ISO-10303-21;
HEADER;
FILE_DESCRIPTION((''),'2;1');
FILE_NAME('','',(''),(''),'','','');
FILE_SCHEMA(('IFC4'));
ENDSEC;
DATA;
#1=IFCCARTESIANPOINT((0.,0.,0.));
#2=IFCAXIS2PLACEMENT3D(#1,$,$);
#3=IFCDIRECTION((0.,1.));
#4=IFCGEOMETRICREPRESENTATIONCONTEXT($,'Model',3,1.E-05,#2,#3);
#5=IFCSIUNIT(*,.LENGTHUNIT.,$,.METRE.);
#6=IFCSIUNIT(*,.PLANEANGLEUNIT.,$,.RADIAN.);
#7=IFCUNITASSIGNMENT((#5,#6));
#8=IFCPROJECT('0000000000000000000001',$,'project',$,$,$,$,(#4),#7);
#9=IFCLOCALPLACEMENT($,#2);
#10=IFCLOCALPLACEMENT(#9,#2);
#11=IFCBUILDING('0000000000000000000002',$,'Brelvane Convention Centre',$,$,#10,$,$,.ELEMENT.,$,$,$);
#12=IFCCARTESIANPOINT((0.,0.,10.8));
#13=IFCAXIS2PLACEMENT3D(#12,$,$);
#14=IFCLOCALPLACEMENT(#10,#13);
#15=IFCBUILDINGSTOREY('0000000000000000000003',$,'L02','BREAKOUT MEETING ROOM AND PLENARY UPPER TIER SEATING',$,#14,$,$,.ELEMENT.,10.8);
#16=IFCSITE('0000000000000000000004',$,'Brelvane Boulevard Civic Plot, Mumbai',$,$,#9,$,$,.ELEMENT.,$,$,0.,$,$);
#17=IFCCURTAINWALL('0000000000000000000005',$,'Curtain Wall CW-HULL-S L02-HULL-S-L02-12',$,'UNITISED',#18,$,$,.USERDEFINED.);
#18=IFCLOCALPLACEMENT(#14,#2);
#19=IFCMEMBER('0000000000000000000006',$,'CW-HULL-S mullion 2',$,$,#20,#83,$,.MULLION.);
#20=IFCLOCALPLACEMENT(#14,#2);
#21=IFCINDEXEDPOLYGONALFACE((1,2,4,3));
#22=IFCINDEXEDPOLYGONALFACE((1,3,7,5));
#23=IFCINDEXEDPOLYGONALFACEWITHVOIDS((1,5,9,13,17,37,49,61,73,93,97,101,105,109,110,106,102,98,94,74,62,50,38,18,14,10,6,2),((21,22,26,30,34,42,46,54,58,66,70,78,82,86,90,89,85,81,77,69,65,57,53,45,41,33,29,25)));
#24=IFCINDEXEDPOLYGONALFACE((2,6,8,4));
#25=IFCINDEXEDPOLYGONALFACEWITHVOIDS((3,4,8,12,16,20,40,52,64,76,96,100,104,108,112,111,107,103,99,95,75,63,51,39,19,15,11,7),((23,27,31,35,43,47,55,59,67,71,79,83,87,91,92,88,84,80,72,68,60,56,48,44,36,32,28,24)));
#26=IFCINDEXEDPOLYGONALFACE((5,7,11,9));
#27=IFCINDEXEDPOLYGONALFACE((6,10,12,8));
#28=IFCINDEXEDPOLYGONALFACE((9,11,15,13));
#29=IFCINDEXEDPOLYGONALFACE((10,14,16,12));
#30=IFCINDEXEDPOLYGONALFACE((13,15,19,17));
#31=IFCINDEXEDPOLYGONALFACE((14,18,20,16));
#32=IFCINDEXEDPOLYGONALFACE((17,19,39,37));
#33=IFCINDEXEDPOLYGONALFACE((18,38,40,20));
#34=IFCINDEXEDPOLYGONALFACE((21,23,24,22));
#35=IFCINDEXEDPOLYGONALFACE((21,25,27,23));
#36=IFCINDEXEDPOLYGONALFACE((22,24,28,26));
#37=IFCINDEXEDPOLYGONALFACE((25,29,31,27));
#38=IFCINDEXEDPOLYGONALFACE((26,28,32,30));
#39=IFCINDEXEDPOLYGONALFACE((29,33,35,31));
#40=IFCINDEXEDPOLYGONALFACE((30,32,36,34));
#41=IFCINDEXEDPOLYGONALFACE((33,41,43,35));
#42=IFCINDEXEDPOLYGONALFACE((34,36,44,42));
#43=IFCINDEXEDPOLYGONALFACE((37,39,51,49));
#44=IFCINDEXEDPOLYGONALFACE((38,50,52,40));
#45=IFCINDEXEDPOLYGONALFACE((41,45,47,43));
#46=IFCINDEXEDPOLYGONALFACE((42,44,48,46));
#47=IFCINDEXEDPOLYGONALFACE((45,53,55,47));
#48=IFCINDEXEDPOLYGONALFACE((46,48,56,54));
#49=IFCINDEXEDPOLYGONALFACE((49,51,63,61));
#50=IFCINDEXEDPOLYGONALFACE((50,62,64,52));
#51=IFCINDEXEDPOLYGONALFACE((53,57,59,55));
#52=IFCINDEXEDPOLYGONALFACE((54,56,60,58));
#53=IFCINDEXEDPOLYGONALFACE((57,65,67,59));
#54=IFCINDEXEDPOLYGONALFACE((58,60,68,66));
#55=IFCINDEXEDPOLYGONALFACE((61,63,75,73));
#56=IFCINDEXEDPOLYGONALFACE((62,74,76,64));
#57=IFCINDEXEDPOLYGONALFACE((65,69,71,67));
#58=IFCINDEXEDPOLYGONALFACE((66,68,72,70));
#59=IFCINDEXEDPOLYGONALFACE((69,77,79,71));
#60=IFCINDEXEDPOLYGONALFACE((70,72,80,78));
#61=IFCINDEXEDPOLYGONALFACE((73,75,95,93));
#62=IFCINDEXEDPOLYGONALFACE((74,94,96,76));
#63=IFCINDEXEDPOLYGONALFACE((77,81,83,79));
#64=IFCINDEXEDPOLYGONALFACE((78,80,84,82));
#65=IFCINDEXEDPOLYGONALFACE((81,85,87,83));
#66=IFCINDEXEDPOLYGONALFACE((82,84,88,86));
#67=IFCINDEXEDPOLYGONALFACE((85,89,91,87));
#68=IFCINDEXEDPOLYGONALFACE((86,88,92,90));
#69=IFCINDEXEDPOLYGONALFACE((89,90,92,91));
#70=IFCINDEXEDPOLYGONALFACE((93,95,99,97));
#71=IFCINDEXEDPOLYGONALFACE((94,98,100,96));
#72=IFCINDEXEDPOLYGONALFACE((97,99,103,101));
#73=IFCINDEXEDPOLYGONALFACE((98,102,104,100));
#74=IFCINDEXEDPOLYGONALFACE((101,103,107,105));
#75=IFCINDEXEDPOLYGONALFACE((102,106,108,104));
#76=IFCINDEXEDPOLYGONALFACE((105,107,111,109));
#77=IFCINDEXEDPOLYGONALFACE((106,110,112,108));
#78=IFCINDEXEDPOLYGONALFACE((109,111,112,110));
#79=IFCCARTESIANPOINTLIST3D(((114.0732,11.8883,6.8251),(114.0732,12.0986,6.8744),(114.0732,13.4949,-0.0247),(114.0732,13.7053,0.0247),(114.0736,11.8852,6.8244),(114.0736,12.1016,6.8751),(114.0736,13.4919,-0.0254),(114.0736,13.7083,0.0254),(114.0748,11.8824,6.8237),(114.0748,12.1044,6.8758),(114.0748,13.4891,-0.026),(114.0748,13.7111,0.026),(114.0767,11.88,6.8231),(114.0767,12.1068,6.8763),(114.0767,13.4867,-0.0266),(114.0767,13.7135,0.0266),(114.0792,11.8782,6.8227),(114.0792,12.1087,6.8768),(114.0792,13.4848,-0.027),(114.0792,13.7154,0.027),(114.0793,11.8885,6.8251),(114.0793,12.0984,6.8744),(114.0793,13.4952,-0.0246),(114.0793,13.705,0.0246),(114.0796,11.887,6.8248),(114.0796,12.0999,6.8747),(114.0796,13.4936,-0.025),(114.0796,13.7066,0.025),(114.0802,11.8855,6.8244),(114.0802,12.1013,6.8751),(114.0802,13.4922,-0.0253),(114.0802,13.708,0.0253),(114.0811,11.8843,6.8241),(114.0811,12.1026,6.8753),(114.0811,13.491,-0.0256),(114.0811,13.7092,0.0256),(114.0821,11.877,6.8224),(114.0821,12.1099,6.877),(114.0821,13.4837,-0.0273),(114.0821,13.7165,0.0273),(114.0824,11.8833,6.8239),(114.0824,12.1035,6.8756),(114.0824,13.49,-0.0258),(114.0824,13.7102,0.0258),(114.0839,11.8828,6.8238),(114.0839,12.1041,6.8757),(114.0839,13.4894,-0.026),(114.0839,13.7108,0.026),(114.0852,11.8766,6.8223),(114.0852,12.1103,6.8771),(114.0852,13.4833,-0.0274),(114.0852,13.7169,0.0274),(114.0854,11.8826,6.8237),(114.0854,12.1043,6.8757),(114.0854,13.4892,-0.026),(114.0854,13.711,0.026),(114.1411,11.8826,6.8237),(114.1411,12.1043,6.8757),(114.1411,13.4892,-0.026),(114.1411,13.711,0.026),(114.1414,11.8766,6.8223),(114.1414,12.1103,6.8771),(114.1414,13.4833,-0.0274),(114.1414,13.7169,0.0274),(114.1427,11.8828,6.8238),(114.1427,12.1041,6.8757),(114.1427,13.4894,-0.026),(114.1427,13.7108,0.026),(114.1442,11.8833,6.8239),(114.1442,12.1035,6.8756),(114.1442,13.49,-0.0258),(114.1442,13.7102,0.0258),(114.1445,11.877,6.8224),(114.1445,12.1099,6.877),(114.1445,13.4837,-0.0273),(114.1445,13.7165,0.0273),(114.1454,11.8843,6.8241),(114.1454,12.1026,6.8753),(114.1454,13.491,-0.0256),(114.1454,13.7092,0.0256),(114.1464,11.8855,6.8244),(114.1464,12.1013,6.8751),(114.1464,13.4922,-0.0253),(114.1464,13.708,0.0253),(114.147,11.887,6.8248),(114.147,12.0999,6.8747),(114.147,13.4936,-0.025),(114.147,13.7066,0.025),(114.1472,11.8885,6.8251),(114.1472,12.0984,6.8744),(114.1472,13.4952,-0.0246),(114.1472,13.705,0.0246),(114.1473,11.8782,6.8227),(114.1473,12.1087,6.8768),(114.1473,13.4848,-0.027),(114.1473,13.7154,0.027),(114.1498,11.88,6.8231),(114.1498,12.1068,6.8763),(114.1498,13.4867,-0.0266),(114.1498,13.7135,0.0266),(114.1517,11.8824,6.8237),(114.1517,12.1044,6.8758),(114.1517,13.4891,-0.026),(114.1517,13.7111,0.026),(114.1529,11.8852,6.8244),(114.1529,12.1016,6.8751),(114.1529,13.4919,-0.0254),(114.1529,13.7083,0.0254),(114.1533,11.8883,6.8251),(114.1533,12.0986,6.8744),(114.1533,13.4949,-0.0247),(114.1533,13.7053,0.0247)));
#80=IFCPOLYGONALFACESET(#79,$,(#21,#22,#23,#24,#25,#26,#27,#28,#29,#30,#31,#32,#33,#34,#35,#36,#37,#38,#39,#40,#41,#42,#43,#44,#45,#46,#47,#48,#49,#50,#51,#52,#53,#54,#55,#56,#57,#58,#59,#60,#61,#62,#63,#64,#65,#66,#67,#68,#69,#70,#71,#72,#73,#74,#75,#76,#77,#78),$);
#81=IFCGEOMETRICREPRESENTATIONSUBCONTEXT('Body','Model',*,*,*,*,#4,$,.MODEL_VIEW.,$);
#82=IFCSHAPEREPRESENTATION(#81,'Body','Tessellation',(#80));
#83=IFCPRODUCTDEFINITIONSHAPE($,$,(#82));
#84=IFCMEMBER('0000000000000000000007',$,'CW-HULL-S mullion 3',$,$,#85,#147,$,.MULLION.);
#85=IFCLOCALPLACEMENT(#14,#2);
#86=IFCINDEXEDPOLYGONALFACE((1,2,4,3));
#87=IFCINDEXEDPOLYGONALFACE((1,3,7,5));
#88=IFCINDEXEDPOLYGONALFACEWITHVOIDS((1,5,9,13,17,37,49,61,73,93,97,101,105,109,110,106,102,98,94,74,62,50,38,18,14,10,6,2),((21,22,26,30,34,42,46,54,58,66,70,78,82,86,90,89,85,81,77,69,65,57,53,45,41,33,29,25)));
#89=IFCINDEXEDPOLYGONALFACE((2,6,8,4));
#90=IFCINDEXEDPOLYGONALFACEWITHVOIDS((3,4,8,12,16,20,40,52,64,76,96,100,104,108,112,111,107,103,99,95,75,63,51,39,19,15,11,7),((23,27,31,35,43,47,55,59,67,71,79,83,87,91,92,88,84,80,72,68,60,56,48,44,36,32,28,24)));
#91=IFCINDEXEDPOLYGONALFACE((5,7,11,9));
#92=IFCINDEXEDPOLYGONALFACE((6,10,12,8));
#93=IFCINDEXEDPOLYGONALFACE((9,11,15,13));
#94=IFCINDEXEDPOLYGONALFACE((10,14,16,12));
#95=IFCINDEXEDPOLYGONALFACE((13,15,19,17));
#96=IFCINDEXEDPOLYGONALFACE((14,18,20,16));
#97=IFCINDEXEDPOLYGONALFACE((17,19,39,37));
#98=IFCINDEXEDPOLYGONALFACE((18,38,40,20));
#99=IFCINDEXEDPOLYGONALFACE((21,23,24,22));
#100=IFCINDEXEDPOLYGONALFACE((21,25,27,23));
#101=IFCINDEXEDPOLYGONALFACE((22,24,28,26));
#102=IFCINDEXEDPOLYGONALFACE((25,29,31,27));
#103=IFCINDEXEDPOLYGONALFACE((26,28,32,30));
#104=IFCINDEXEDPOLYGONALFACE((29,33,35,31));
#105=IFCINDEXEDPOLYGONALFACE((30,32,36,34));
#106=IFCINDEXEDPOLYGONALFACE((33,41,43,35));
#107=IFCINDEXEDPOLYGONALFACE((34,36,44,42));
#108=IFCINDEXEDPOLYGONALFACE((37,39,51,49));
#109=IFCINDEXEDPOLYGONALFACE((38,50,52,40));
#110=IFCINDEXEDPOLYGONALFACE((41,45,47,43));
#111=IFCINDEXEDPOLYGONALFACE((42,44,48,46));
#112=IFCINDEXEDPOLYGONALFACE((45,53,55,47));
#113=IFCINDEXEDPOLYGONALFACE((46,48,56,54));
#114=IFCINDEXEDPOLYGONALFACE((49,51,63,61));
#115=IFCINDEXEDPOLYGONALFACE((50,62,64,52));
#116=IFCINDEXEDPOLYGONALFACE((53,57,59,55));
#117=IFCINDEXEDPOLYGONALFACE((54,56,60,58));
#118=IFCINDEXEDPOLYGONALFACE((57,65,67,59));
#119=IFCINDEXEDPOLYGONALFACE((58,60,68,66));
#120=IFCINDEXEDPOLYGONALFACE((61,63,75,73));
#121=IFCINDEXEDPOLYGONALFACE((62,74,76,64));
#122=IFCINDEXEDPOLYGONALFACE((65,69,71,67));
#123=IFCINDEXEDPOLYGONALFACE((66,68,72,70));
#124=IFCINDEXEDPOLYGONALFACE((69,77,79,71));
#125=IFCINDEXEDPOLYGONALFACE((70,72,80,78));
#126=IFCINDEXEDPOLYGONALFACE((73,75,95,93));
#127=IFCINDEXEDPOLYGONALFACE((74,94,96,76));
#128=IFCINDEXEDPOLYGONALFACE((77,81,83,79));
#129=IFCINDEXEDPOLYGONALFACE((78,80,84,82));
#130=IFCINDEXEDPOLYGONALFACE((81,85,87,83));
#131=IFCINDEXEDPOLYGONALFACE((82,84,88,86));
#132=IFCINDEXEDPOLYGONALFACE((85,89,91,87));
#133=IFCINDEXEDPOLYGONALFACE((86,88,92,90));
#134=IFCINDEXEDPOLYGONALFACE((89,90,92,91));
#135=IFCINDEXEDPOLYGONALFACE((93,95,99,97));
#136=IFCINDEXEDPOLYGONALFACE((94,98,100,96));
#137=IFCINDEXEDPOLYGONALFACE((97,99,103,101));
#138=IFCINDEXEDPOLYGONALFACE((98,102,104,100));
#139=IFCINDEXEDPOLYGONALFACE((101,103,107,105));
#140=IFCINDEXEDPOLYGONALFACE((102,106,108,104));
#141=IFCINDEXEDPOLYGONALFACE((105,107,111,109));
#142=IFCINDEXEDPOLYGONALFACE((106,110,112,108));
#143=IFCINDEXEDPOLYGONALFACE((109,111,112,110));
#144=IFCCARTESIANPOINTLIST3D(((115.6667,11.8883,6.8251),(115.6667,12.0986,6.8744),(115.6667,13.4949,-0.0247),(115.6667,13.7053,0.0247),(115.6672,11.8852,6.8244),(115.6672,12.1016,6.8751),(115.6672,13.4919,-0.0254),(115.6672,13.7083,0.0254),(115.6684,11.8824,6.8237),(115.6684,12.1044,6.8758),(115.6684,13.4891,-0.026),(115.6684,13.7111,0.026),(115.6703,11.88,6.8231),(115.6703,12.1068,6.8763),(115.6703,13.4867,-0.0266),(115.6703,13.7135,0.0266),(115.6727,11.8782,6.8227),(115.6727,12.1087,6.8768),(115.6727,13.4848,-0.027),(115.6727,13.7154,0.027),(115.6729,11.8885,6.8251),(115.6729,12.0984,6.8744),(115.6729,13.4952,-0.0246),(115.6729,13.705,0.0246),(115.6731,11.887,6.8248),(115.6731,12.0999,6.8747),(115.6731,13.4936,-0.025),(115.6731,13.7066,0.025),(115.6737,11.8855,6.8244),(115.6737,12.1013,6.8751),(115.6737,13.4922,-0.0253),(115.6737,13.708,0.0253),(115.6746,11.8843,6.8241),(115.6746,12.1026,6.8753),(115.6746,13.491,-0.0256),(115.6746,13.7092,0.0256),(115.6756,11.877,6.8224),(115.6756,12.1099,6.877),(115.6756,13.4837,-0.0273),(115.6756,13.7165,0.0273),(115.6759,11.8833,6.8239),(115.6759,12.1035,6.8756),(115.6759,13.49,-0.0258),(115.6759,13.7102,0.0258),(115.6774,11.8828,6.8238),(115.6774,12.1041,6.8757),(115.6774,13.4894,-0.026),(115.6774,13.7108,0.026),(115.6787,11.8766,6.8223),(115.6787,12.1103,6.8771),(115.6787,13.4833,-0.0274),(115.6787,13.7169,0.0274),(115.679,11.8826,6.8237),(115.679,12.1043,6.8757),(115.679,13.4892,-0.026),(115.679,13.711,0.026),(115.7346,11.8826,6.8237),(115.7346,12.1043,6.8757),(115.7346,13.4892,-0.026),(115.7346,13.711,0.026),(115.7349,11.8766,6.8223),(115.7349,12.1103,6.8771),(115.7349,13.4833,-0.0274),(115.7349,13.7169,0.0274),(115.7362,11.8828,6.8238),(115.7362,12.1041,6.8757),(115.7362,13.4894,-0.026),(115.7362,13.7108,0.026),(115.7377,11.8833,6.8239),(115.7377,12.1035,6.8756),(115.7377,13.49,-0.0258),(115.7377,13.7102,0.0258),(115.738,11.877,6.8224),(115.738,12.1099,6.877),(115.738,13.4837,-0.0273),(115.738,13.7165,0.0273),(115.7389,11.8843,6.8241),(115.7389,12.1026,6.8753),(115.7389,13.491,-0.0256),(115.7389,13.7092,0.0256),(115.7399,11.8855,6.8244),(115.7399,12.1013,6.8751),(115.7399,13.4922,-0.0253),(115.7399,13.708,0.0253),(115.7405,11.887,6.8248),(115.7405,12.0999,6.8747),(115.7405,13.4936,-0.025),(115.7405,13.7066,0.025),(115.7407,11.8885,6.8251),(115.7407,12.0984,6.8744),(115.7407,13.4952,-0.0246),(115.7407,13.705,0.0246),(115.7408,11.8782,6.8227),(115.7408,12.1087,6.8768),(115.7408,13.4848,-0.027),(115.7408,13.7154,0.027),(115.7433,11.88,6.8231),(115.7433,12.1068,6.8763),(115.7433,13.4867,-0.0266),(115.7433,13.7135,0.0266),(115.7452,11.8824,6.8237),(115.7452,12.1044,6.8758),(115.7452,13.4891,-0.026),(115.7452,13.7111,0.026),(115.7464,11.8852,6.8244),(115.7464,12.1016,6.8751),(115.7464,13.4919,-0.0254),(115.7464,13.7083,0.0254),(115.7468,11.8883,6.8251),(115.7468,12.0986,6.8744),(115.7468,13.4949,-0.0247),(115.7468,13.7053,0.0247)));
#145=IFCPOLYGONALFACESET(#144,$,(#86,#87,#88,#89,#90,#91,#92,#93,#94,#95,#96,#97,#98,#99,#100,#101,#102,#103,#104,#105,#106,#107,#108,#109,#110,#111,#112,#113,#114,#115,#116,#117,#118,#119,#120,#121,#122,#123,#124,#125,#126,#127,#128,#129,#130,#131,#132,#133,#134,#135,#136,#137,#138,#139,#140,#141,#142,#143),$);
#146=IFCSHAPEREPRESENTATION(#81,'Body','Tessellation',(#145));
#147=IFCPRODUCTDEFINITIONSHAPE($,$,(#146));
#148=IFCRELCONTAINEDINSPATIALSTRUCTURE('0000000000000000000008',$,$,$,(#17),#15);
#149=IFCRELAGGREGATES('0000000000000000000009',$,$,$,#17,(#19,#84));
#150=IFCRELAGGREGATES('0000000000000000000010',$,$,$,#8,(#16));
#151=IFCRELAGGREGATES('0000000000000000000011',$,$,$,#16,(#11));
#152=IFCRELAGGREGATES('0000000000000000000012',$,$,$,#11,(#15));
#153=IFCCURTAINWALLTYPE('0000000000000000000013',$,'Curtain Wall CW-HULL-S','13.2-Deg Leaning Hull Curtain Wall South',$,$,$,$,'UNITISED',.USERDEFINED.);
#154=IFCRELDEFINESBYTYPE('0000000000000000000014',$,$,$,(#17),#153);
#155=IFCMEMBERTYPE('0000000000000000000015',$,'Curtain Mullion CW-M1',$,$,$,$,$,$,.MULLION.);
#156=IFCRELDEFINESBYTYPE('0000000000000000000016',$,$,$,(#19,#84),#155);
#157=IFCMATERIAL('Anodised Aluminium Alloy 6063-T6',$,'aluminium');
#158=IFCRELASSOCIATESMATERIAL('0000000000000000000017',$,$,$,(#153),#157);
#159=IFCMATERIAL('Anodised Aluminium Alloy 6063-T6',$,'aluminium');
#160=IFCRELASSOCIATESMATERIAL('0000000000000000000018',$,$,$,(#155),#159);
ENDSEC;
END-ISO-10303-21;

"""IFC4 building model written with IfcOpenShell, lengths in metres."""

from ifc_helpers import new_model, si_unit, direction, frame, origin, origin_2d, place, context, subcontext, project, spatial, hollow_rectangle, extrude, material, material_profile, profile_set, type_object, element, aggregate, save


model = new_model("IFC4")

# Units and contexts
model_context = context("Model", 3, precision=1e-05, world=origin(), true_north=direction((0.0, 1.0)))
body_context = subcontext(model_context, "Body", "Model", "MODEL_VIEW")
ifc_project = project(units=[si_unit("LENGTHUNIT", "METRE"), si_unit("PLANEANGLEUNIT", "RADIAN")], contexts=[model_context])

# Site, building, storey
site_placement = place(None, origin())
site = spatial("IfcSite", under=ifc_project, at=site_placement, Name="Brelvane Boulevard Civic Plot, Mumbai", CompositionType="ELEMENT", RefElevation=0.0)
building_placement = place(site_placement, origin())
building = spatial("IfcBuilding", under=site, at=building_placement, Name="Brelvane Convention Centre", CompositionType="ELEMENT")
storey_placement = place(building_placement, frame((0.0, 0.0, 10.8)))
storey = spatial("IfcBuildingStorey", under=building, at=storey_placement, Name="L02", Description="BREAKOUT MEETING ROOM AND PLENARY UPPER TIER SEATING", CompositionType="ELEMENT", Elevation=10.8)

# Curtain wall, members
ifc_material_1 = material(Name="Anodised Aluminium Alloy 6063-T6", Category="aluminium")
curtain_wall_type = type_object("IfcCurtainWallType", Name="Curtain Wall CW-HULL-S", Description="13.2-Deg Leaning Hull Curtain Wall South", ElementType="UNITISED", PredefinedType="USERDEFINED", material=ifc_material_1)
ifc_material_2 = material(Name="Anodised Aluminium Alloy 6063-T6", Category="aluminium")
ifc_material_profile_1 = material_profile(ifc_material_2, hollow_rectangle(XDim=0.0801, YDim=0.24, WallThickness=0.0061, InnerFilletRadius=0.0061, OuterFilletRadius=0.012, at=origin_2d()), Name="ALU-M 240x80x6.0")
ifc_profile_set_1 = profile_set([ifc_material_profile_1], Name="Anodised Aluminium Alloy 6063-T6")
member_type_1 = type_object("IfcMemberType", Name="Curtain Mullion CW-M1", PredefinedType="MULLION", material=ifc_profile_set_1)
curtain_wall_1_placement = place(storey_placement, origin())
curtain_wall_1 = element("IfcCurtainWall", 1, at=curtain_wall_1_placement, inside=storey, type_object=curtain_wall_type, Name="Curtain Wall CW-HULL-S L02-HULL-S-L02-12", ObjectType="UNITISED", PredefinedType="USERDEFINED")
member_1_placement = place(storey_placement, frame((114.1133, 13.6001, 0.0), z_axis=(0.0, -0.22836, 0.973577), x_axis=(1.0, 0.0, 0.0)))
member_1 = element("IfcMember", 2, at=member_1_placement, type_object=member_type_1, Name="CW-HULL-S mullion 2", PredefinedType="MULLION", context=body_context, shape_type="SweptSolid", body=[
    extrude(hollow_rectangle(XDim=0.0801, YDim=0.24, WallThickness=0.0061, InnerFilletRadius=0.0061, OuterFilletRadius=0.012, at=origin_2d()), origin(), (0.0, 0.0, 1.0), 7.0356),
])
member_2_placement = place(storey_placement, frame((115.7068, 13.6001, 0.0), z_axis=(0.0, -0.22836, 0.973577), x_axis=(1.0, 0.0, 0.0)))
member_2 = element("IfcMember", 3, at=member_2_placement, type_object=member_type_1, Name="CW-HULL-S mullion 3", PredefinedType="MULLION", context=body_context, shape_type="SweptSolid", body=[
    extrude(hollow_rectangle(XDim=0.0801, YDim=0.24, WallThickness=0.0061, InnerFilletRadius=0.0061, OuterFilletRadius=0.012, at=origin_2d()), origin(), (0.0, 0.0, 1.0), 7.0356),
])

aggregate(curtain_wall_1, [member_1, member_2])

save(model, "model.ifc")
